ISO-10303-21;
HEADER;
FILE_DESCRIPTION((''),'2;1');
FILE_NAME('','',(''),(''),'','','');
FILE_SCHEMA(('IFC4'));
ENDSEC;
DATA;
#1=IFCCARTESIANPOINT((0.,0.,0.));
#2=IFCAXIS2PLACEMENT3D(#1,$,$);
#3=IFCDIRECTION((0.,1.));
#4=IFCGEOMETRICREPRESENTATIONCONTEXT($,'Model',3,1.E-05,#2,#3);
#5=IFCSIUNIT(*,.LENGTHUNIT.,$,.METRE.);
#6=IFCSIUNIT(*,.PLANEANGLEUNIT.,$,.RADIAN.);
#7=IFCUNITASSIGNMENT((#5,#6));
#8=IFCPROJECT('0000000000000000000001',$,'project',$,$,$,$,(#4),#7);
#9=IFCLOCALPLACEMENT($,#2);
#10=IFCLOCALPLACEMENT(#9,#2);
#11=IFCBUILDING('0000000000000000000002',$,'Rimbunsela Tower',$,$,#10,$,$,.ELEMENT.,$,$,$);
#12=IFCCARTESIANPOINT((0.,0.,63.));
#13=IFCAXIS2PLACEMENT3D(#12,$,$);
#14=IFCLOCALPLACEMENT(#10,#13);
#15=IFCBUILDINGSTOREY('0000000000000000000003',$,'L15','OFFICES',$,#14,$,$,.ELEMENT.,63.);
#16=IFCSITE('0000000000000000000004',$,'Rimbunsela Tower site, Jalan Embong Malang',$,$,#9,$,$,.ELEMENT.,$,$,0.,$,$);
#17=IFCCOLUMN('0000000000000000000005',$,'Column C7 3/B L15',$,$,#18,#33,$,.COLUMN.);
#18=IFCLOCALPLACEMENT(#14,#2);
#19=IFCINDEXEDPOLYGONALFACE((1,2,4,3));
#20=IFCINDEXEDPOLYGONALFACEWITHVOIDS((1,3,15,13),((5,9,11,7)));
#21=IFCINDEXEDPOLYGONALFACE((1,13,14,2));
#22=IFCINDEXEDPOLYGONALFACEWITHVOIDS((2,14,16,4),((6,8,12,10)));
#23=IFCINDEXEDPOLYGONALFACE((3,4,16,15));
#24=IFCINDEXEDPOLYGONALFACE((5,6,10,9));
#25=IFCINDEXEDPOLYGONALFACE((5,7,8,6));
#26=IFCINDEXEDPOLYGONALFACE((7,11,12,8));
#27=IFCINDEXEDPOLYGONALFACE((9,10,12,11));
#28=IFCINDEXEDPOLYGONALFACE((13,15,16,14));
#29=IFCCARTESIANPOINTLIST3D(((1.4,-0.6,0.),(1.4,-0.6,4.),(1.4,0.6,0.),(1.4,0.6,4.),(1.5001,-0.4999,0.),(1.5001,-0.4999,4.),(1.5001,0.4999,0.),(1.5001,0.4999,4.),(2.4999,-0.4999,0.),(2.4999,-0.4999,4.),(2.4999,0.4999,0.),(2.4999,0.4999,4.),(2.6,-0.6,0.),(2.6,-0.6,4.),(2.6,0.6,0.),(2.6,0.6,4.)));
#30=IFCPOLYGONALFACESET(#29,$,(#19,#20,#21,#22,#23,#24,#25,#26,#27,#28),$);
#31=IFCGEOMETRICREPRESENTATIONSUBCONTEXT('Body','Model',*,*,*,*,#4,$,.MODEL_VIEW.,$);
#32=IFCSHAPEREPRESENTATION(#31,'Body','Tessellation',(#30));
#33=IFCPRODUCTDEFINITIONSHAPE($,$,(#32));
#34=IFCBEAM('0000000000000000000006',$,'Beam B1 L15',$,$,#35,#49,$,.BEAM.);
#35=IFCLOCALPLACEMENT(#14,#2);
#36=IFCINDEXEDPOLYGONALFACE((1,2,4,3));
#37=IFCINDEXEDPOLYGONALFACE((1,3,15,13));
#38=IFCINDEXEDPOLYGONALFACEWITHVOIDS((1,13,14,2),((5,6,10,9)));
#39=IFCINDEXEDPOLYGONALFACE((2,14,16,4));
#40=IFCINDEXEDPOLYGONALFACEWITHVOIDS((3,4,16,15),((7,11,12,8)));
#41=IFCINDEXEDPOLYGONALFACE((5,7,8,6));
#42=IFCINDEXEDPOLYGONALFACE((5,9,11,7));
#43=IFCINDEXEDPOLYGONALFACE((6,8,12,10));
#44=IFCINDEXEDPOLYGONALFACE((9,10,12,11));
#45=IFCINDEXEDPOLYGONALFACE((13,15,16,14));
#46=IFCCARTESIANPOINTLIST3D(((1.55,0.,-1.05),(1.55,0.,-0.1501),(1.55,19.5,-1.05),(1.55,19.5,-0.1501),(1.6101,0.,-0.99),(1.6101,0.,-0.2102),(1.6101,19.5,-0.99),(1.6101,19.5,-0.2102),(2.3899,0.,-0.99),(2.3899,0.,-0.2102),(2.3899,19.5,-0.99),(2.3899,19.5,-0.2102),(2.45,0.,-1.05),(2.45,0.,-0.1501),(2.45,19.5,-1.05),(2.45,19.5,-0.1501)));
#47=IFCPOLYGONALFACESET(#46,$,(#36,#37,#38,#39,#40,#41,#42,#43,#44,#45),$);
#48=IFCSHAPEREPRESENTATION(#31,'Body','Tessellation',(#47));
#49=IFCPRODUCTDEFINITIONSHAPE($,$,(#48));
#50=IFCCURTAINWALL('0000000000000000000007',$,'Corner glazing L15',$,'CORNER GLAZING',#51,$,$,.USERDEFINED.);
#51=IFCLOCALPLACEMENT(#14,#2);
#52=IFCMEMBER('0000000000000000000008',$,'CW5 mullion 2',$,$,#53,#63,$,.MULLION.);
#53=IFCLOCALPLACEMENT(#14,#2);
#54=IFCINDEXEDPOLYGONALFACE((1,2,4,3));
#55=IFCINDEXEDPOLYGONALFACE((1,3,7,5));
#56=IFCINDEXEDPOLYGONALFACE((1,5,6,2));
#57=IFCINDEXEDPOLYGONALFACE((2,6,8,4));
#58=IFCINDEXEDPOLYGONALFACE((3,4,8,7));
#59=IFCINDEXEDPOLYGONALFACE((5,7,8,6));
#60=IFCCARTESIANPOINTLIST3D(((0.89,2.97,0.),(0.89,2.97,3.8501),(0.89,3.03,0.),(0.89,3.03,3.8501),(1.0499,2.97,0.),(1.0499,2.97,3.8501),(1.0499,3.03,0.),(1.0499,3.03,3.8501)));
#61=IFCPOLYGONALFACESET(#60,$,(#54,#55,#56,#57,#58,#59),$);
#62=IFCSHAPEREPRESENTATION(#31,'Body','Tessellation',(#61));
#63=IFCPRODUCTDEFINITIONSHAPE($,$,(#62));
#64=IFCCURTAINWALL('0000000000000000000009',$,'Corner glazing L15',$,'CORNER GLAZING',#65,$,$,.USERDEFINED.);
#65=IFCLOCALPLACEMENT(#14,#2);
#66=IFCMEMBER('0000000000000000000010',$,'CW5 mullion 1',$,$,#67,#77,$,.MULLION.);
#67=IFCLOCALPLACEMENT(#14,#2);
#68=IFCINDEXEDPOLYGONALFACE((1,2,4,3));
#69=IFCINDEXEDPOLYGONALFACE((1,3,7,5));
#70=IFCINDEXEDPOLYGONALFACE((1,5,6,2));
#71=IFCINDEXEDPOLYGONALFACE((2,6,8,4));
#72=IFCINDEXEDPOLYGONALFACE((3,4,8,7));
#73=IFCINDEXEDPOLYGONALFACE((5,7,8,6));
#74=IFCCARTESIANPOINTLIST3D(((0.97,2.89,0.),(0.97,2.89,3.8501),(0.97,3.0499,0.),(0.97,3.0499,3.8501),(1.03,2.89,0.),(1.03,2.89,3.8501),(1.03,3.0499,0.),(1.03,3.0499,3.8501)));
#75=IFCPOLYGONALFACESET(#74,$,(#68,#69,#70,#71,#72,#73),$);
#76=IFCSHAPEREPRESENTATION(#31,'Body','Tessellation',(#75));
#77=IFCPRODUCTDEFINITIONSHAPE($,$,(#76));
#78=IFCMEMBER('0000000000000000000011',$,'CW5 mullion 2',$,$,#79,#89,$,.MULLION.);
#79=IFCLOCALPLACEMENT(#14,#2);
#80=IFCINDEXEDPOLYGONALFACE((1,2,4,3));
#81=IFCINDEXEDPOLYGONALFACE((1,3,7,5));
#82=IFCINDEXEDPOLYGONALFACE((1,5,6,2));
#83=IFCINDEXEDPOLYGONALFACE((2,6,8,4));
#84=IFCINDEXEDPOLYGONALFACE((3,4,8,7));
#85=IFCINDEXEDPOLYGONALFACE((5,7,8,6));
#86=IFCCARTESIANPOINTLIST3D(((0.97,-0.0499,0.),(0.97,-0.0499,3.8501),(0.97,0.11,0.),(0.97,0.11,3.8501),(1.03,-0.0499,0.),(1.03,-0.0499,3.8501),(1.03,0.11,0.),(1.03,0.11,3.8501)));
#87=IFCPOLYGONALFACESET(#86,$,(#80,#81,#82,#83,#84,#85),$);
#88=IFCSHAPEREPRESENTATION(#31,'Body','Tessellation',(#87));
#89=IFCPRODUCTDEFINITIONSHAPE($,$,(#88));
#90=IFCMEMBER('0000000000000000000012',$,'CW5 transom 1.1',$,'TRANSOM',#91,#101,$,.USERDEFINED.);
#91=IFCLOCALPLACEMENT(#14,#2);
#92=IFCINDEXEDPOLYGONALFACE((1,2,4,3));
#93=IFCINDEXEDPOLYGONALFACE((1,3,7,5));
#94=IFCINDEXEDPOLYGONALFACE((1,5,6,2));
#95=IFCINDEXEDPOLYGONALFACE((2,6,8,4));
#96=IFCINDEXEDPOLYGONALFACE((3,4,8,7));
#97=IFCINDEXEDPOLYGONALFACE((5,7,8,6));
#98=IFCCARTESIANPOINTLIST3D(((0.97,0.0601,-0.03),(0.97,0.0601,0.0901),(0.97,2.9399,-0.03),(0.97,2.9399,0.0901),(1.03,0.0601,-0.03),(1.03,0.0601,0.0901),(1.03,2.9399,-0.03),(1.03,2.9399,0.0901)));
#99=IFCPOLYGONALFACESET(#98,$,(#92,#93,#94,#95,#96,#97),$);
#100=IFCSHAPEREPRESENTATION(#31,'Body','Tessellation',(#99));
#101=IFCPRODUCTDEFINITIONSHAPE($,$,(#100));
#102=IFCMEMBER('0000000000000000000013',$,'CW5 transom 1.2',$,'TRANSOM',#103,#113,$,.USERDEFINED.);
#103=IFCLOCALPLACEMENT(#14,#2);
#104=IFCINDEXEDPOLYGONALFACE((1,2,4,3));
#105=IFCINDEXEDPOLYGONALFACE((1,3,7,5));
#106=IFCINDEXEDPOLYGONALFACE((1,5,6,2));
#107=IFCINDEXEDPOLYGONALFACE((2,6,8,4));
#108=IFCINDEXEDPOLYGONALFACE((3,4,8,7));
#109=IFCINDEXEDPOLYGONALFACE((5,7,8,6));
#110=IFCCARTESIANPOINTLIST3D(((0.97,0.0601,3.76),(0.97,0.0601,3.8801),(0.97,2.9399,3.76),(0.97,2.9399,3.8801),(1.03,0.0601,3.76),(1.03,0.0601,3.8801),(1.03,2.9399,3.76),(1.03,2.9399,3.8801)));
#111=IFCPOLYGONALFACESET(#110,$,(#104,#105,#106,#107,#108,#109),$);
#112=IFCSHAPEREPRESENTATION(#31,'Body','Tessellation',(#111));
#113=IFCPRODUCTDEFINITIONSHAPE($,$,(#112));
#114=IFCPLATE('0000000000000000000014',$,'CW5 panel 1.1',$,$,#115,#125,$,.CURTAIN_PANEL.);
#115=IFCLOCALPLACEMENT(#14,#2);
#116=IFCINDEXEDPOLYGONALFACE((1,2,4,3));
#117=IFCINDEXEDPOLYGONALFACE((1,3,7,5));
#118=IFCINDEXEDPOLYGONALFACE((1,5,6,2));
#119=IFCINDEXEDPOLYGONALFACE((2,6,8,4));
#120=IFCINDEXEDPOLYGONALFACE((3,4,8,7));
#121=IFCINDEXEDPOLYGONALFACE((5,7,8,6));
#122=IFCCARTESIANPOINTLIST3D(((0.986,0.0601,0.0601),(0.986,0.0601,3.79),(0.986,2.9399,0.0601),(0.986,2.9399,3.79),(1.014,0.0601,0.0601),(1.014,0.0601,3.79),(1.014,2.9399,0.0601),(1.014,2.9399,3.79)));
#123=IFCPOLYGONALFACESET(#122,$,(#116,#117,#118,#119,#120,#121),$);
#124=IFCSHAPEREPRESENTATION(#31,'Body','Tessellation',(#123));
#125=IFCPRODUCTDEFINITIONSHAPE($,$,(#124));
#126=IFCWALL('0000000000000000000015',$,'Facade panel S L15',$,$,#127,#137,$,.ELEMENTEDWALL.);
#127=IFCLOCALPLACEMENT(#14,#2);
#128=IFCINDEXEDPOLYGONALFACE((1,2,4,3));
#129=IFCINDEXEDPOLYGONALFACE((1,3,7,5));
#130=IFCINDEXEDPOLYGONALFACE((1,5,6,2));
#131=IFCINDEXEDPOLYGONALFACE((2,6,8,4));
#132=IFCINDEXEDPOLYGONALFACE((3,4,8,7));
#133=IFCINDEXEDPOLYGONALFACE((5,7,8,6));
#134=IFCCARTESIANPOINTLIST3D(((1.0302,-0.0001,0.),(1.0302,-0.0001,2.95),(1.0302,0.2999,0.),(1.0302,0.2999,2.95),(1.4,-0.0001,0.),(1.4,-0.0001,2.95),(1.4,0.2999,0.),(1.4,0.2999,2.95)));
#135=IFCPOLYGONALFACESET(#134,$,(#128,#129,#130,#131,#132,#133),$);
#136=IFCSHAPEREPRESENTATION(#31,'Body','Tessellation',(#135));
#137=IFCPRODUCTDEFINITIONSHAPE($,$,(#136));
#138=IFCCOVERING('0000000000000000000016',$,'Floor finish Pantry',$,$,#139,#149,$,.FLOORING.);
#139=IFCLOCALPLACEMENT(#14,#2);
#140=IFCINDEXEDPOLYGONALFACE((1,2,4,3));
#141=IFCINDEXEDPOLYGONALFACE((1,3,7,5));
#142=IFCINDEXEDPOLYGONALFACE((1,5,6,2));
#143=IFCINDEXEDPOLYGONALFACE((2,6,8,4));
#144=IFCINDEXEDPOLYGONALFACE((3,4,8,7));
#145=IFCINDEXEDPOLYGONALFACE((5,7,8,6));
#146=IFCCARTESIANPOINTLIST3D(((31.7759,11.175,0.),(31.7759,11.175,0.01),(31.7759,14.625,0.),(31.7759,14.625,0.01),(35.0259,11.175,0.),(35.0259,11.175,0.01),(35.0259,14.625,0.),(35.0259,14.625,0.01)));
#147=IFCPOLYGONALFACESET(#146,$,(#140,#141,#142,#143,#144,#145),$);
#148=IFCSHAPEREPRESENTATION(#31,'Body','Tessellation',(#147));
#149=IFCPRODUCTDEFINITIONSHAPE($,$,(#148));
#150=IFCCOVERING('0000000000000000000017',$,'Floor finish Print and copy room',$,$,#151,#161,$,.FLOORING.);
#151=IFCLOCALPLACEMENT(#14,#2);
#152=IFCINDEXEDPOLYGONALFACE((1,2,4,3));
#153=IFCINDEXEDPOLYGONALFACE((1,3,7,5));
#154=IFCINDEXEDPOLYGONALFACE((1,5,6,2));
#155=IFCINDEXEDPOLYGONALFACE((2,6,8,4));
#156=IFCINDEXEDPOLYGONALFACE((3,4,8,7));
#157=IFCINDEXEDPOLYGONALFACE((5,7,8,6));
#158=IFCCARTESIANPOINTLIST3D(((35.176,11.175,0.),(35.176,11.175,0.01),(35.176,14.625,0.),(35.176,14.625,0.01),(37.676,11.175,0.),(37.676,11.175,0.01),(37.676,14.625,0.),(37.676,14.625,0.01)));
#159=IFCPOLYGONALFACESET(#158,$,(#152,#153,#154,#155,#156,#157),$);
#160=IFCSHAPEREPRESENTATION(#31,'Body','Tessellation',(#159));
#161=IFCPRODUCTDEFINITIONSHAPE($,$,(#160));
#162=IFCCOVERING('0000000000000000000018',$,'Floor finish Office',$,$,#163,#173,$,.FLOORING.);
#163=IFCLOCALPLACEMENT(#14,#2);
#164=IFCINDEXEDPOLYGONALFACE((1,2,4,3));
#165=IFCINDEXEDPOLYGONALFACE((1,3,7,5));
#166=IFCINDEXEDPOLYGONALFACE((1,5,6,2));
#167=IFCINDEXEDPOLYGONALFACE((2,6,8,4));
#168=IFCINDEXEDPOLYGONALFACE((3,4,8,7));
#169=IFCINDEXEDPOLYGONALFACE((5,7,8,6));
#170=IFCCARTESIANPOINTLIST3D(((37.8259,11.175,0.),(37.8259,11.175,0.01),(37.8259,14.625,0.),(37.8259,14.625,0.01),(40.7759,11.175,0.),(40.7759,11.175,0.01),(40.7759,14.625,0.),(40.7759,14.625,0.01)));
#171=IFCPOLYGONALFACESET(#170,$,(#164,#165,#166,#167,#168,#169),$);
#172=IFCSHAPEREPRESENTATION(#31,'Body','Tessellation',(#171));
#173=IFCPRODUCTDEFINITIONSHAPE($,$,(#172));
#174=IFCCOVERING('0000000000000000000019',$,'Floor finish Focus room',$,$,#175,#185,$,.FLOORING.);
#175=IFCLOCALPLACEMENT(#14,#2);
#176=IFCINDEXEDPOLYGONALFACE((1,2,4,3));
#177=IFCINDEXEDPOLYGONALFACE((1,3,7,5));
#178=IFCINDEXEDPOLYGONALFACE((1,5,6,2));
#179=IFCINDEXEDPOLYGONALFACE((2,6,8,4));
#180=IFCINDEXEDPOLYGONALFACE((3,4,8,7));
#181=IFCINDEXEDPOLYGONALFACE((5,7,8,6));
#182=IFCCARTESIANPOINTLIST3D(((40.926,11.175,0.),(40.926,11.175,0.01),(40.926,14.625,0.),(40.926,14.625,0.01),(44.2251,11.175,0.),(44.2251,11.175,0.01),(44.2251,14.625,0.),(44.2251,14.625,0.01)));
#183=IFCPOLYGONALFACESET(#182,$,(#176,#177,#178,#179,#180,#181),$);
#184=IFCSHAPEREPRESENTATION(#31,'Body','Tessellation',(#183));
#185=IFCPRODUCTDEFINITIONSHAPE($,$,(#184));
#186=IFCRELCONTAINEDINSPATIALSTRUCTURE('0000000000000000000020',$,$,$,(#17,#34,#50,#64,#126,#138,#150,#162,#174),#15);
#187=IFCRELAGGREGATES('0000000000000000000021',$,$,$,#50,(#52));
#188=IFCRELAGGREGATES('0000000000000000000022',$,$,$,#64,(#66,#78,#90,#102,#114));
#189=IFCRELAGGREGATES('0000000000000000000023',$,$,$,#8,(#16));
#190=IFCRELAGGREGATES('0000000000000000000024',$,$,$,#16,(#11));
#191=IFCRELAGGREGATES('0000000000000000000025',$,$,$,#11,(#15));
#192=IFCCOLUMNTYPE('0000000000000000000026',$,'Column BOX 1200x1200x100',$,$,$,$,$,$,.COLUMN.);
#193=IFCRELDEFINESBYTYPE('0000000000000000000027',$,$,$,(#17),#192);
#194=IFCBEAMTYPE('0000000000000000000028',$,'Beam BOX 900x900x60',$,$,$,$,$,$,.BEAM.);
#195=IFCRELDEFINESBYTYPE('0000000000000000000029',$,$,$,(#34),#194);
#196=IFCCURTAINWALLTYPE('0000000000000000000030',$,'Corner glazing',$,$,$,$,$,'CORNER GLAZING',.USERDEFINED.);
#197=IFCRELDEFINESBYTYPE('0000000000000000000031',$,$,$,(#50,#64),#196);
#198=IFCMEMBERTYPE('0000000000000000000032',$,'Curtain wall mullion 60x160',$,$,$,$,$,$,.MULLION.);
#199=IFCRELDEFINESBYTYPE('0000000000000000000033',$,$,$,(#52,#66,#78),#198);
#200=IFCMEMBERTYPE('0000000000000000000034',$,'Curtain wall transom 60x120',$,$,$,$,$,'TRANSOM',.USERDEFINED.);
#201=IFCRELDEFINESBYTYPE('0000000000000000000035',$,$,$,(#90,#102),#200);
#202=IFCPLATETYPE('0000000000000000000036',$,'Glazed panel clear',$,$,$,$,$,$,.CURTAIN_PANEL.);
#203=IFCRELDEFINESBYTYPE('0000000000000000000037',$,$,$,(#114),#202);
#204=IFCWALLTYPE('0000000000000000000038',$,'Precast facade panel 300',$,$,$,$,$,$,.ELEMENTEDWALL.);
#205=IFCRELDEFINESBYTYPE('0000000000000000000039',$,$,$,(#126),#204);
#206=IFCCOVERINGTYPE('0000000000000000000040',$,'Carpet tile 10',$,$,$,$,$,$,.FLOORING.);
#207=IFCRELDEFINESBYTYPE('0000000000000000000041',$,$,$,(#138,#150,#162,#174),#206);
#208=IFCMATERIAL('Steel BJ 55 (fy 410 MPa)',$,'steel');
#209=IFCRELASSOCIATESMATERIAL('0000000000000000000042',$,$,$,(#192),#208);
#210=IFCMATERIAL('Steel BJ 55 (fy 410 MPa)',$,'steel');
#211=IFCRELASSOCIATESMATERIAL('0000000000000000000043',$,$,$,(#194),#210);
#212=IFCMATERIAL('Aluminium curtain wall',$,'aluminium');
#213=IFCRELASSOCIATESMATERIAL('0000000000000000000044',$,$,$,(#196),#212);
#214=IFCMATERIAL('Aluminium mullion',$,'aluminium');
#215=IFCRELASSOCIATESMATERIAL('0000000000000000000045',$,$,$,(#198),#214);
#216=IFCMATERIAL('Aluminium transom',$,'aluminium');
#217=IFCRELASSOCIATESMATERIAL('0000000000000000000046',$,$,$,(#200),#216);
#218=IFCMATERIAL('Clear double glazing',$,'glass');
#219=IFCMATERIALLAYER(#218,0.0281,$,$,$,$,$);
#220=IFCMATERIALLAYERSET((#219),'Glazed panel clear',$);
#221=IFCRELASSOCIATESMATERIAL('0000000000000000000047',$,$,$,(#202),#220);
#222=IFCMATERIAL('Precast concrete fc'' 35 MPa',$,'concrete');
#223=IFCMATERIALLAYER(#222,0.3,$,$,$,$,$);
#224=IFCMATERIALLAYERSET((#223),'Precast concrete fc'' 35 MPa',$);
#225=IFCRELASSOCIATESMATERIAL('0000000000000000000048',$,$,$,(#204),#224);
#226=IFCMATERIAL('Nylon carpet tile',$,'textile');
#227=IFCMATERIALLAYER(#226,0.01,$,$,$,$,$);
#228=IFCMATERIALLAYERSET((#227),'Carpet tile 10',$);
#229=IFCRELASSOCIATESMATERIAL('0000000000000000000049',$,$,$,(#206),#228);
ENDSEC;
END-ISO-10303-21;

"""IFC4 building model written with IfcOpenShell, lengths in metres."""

from ifc_helpers import new_model, si_unit, direction, frame, frame_2d, origin, origin_2d, place, context, subcontext, project, spatial, polyline, rectangle, hollow_rectangle, outline, extrude, material, layer, layer_set, material_profile, profile_set, type_object, element, aggregate, save


model = new_model("IFC4")

# Units and contexts
model_context = context("Model", 3, precision=1e-05, world=origin(), true_north=direction((0.0, 1.0)))
body_context = subcontext(model_context, "Body", "Model", "MODEL_VIEW")
ifc_project = project(units=[si_unit("LENGTHUNIT", "METRE"), si_unit("PLANEANGLEUNIT", "RADIAN")], contexts=[model_context])

# Site, building, storey
site_placement = place(None, origin())
site = spatial("IfcSite", under=ifc_project, at=site_placement, Name="Rimbunsela Tower site, Jalan Embong Malang", CompositionType="ELEMENT", RefElevation=0.0)
building_placement = place(site_placement, origin())
building = spatial("IfcBuilding", under=site, at=building_placement, Name="Rimbunsela Tower", CompositionType="ELEMENT")
storey_placement = place(building_placement, frame((0.0, 0.0, 63.0)))
storey = spatial("IfcBuildingStorey", under=building, at=storey_placement, Name="L15", Description="OFFICES", CompositionType="ELEMENT", Elevation=63.0)

# Column
ifc_material_1 = material(Name="Steel BJ 55 (fy 410 MPa)", Category="steel")
ifc_material_profile_1 = material_profile(ifc_material_1, hollow_rectangle(XDim=1.2, YDim=1.2, WallThickness=0.1001, at=origin_2d()), Name="BOX 1200x1200x100")
ifc_profile_set_1 = profile_set([ifc_material_profile_1], Name="Steel BJ 55 (fy 410 MPa)")
column_type = type_object("IfcColumnType", Name="Column BOX 1200x1200x100", PredefinedType="COLUMN", material=ifc_profile_set_1)
column_placement = place(storey_placement, frame((2.0, 0.0, 0.0), z_axis=(0.0, 0.0, 1.0), x_axis=(1.0, 0.0, 0.0)))
element("IfcColumn", 1, at=column_placement, inside=storey, type_object=column_type, Name="Column C7 3/B L15", PredefinedType="COLUMN", context=body_context, shape_type="SweptSolid", body=[
    extrude(hollow_rectangle(XDim=1.2, YDim=1.2, WallThickness=0.1001, at=origin_2d()), origin(), (0.0, 0.0, 1.0), 4.0),
])

# Beam
ifc_material_2 = material(Name="Steel BJ 55 (fy 410 MPa)", Category="steel")
ifc_material_profile_2 = material_profile(ifc_material_2, hollow_rectangle(XDim=0.8999, YDim=0.8999, WallThickness=0.0601, at=origin_2d()), Name="BOX 900x900x60")
ifc_profile_set_2 = profile_set([ifc_material_profile_2], Name="Steel BJ 55 (fy 410 MPa)")
beam_type = type_object("IfcBeamType", Name="Beam BOX 900x900x60", PredefinedType="BEAM", material=ifc_profile_set_2)
beam_placement = place(storey_placement, frame((2.0, 0.0, -0.6001), z_axis=(0.0, 1.0, 0.0), x_axis=(-1.0, 0.0, 0.0)))
element("IfcBeam", 2, at=beam_placement, inside=storey, type_object=beam_type, Name="Beam B1 L15", PredefinedType="BEAM", context=body_context, shape_type="SweptSolid", body=[
    extrude(hollow_rectangle(XDim=0.8999, YDim=0.8999, WallThickness=0.0601, at=origin_2d()), origin(), (0.0, 0.0, 1.0), 19.5),
])

# Curtain wall, member
ifc_material_3 = material(Name="Aluminium curtain wall", Category="aluminium")
curtain_wall_type = type_object("IfcCurtainWallType", Name="Corner glazing", ElementType="CORNER GLAZING", PredefinedType="USERDEFINED", material=ifc_material_3)
curtain_wall_1_placement = place(storey_placement, origin())
curtain_wall_1 = element("IfcCurtainWall", 3, at=curtain_wall_1_placement, inside=storey, type_object=curtain_wall_type, Name="Corner glazing L15", ObjectType="CORNER GLAZING", PredefinedType="USERDEFINED")
ifc_material_4 = material(Name="Aluminium mullion", Category="aluminium")
ifc_material_profile_3 = material_profile(ifc_material_4, rectangle(XDim=0.0601, YDim=0.1599, at=origin_2d()), Name="Mullion 60x160")
ifc_profile_set_3 = profile_set([ifc_material_profile_3], Name="Aluminium mullion")
member_type_1 = type_object("IfcMemberType", Name="Curtain wall mullion 60x160", PredefinedType="MULLION", material=ifc_profile_set_3)
member_1_placement = place(storey_placement, frame((0.97, 3.0, 0.0), z_axis=(0.0, 0.0, 1.0), x_axis=(0.0, 1.0, 0.0)))
member_1 = element("IfcMember", 4, at=member_1_placement, type_object=member_type_1, Name="CW5 mullion 2", PredefinedType="MULLION", context=body_context, shape_type="SweptSolid", body=[
    extrude(rectangle(XDim=0.0601, YDim=0.1599, at=origin_2d()), origin(), (0.0, 0.0, 1.0), 3.8501),
])
aggregate(curtain_wall_1, [member_1])

# Curtain wall, members, plate
curtain_wall_2_placement = place(storey_placement, origin())
curtain_wall_2 = element("IfcCurtainWall", 5, at=curtain_wall_2_placement, inside=storey, type_object=curtain_wall_type, Name="Corner glazing L15", ObjectType="CORNER GLAZING", PredefinedType="USERDEFINED")
member_2_placement = place(storey_placement, frame((1.0, 2.97, 0.0), z_axis=(0.0, 0.0, 1.0), x_axis=(1.0, 0.0, 0.0)))
member_2 = element("IfcMember", 6, at=member_2_placement, type_object=member_type_1, Name="CW5 mullion 1", PredefinedType="MULLION", context=body_context, shape_type="SweptSolid", body=[
    extrude(rectangle(XDim=0.0601, YDim=0.1599, at=origin_2d()), origin(), (0.0, 0.0, 1.0), 3.8501),
])
member_3_placement = place(storey_placement, frame((1.0, 0.03, 0.0), z_axis=(0.0, 0.0, 1.0), x_axis=(1.0, 0.0, 0.0)))
member_3 = element("IfcMember", 7, at=member_3_placement, type_object=member_type_1, Name="CW5 mullion 2", PredefinedType="MULLION", context=body_context, shape_type="SweptSolid", body=[
    extrude(rectangle(XDim=0.0601, YDim=0.1599, at=origin_2d()), origin(), (0.0, 0.0, 1.0), 3.8501),
])
ifc_material_5 = material(Name="Aluminium transom", Category="aluminium")
ifc_material_profile_4 = material_profile(ifc_material_5, rectangle(XDim=0.0601, YDim=0.1201, at=origin_2d()), Name="Transom 60x120")
ifc_profile_set_4 = profile_set([ifc_material_profile_4], Name="Aluminium transom")
member_type_2 = type_object("IfcMemberType", Name="Curtain wall transom 60x120", ElementType="TRANSOM", PredefinedType="USERDEFINED", material=ifc_profile_set_4)
member_4_placement = place(storey_placement, frame((1.0, 2.9399, 0.03), z_axis=(0.0, -1.0, 0.0), x_axis=(1.0, 0.0, 0.0)))
member_4 = element("IfcMember", 8, at=member_4_placement, type_object=member_type_2, Name="CW5 transom 1.1", ObjectType="TRANSOM", PredefinedType="USERDEFINED", context=body_context, shape_type="SweptSolid", body=[
    extrude(rectangle(XDim=0.0601, YDim=0.1201, at=origin_2d()), origin(), (0.0, 0.0, 1.0), 2.8799),
])
member_5_placement = place(storey_placement, frame((1.0, 2.9399, 3.8201), z_axis=(0.0, -1.0, 0.0), x_axis=(1.0, 0.0, 0.0)))
member_5 = element("IfcMember", 9, at=member_5_placement, type_object=member_type_2, Name="CW5 transom 1.2", ObjectType="TRANSOM", PredefinedType="USERDEFINED", context=body_context, shape_type="SweptSolid", body=[
    extrude(rectangle(XDim=0.0601, YDim=0.1201, at=origin_2d()), origin(), (0.0, 0.0, 1.0), 2.8799),
])
ifc_material_6 = material(Name="Clear double glazing", Category="glass")
ifc_layer_1 = layer(ifc_material_6, 0.0281)
ifc_layer_set_1 = layer_set([ifc_layer_1], Name="Glazed panel clear")
plate_type = type_object("IfcPlateType", Name="Glazed panel clear", PredefinedType="CURTAIN_PANEL", material=ifc_layer_set_1)
plate_placement = place(storey_placement, frame((1.0, 1.5, 0.0601), z_axis=(0.0, 0.0, 1.0), x_axis=(0.0, -1.0, 0.0)))
plate = element("IfcPlate", 10, at=plate_placement, type_object=plate_type, Name="CW5 panel 1.1", PredefinedType="CURTAIN_PANEL", context=body_context, shape_type="SweptSolid", body=[
    extrude(rectangle(XDim=2.8799, YDim=0.0281, at=origin_2d()), origin(), (0.0, 0.0, 1.0), 3.73),
])
aggregate(curtain_wall_2, [member_2, member_3, member_4, member_5, plate])

# Wall
ifc_material_7 = material(Name="Precast concrete fc' 35 MPa", Category="concrete")
ifc_layer_2 = layer(ifc_material_7, 0.3)
ifc_layer_set_2 = layer_set([ifc_layer_2], Name="Precast concrete fc' 35 MPa")
wall_type = type_object("IfcWallType", Name="Precast facade panel 300", PredefinedType="ELEMENTEDWALL", material=ifc_layer_set_2)
wall_placement = place(storey_placement, frame((1.03, 0.1499, 0.0), z_axis=(0.0, 0.0, 1.0), x_axis=(1.0, 0.0, 0.0)))
element("IfcWall", 11, at=wall_placement, inside=storey, type_object=wall_type, Name="Facade panel S L15", PredefinedType="ELEMENTEDWALL", context=body_context, shape_type="SweptSolid", body=[
    extrude(rectangle(XDim=0.3699, YDim=0.3, at=frame_2d((0.1851, 0.0))), origin(), (0.0, 0.0, 1.0), 2.95),
])

# Coverings
ifc_material_8 = material(Name="Nylon carpet tile", Category="textile")
ifc_layer_3 = layer(ifc_material_8, 0.01)
ifc_layer_set_3 = layer_set([ifc_layer_3], Name="Carpet tile 10")
covering_type_1 = type_object("IfcCoveringType", Name="Carpet tile 10", PredefinedType="FLOORING", material=ifc_layer_set_3)
covering_1_placement = place(storey_placement, origin())
element("IfcCovering", 12, at=covering_1_placement, inside=storey, type_object=covering_type_1, Name="Floor finish Pantry", PredefinedType="FLOORING", context=body_context, shape_type="SweptSolid", body=[
    extrude(outline(polyline([(35.0259, 11.175), (35.0259, 14.625), (31.7759, 14.625), (31.7759, 11.175), (35.0259, 11.175)])), origin(), (0.0, 0.0, 1.0), 0.01),
])
covering_2_placement = place(storey_placement, origin())
element("IfcCovering", 13, at=covering_2_placement, inside=storey, type_object=covering_type_1, Name="Floor finish Print and copy room", PredefinedType="FLOORING", context=body_context, shape_type="SweptSolid", body=[
    extrude(outline(polyline([(37.676, 11.175), (37.676, 14.625), (35.176, 14.625), (35.176, 11.175), (37.676, 11.175)])), origin(), (0.0, 0.0, 1.0), 0.01),
])
covering_3_placement = place(storey_placement, origin())
element("IfcCovering", 14, at=covering_3_placement, inside=storey, type_object=covering_type_1, Name="Floor finish Office", PredefinedType="FLOORING", context=body_context, shape_type="SweptSolid", body=[
    extrude(outline(polyline([(40.7759, 11.175), (40.7759, 14.625), (37.8259, 14.625), (37.8259, 11.175), (40.7759, 11.175)])), origin(), (0.0, 0.0, 1.0), 0.01),
])
covering_4_placement = place(storey_placement, origin())
element("IfcCovering", 15, at=covering_4_placement, inside=storey, type_object=covering_type_1, Name="Floor finish Focus room", PredefinedType="FLOORING", context=body_context, shape_type="SweptSolid", body=[
    extrude(outline(polyline([(44.2251, 11.175), (44.2251, 14.625), (40.926, 14.625), (40.926, 11.175), (44.2251, 11.175)])), origin(), (0.0, 0.0, 1.0), 0.01),
])

save(model, "model.ifc")
